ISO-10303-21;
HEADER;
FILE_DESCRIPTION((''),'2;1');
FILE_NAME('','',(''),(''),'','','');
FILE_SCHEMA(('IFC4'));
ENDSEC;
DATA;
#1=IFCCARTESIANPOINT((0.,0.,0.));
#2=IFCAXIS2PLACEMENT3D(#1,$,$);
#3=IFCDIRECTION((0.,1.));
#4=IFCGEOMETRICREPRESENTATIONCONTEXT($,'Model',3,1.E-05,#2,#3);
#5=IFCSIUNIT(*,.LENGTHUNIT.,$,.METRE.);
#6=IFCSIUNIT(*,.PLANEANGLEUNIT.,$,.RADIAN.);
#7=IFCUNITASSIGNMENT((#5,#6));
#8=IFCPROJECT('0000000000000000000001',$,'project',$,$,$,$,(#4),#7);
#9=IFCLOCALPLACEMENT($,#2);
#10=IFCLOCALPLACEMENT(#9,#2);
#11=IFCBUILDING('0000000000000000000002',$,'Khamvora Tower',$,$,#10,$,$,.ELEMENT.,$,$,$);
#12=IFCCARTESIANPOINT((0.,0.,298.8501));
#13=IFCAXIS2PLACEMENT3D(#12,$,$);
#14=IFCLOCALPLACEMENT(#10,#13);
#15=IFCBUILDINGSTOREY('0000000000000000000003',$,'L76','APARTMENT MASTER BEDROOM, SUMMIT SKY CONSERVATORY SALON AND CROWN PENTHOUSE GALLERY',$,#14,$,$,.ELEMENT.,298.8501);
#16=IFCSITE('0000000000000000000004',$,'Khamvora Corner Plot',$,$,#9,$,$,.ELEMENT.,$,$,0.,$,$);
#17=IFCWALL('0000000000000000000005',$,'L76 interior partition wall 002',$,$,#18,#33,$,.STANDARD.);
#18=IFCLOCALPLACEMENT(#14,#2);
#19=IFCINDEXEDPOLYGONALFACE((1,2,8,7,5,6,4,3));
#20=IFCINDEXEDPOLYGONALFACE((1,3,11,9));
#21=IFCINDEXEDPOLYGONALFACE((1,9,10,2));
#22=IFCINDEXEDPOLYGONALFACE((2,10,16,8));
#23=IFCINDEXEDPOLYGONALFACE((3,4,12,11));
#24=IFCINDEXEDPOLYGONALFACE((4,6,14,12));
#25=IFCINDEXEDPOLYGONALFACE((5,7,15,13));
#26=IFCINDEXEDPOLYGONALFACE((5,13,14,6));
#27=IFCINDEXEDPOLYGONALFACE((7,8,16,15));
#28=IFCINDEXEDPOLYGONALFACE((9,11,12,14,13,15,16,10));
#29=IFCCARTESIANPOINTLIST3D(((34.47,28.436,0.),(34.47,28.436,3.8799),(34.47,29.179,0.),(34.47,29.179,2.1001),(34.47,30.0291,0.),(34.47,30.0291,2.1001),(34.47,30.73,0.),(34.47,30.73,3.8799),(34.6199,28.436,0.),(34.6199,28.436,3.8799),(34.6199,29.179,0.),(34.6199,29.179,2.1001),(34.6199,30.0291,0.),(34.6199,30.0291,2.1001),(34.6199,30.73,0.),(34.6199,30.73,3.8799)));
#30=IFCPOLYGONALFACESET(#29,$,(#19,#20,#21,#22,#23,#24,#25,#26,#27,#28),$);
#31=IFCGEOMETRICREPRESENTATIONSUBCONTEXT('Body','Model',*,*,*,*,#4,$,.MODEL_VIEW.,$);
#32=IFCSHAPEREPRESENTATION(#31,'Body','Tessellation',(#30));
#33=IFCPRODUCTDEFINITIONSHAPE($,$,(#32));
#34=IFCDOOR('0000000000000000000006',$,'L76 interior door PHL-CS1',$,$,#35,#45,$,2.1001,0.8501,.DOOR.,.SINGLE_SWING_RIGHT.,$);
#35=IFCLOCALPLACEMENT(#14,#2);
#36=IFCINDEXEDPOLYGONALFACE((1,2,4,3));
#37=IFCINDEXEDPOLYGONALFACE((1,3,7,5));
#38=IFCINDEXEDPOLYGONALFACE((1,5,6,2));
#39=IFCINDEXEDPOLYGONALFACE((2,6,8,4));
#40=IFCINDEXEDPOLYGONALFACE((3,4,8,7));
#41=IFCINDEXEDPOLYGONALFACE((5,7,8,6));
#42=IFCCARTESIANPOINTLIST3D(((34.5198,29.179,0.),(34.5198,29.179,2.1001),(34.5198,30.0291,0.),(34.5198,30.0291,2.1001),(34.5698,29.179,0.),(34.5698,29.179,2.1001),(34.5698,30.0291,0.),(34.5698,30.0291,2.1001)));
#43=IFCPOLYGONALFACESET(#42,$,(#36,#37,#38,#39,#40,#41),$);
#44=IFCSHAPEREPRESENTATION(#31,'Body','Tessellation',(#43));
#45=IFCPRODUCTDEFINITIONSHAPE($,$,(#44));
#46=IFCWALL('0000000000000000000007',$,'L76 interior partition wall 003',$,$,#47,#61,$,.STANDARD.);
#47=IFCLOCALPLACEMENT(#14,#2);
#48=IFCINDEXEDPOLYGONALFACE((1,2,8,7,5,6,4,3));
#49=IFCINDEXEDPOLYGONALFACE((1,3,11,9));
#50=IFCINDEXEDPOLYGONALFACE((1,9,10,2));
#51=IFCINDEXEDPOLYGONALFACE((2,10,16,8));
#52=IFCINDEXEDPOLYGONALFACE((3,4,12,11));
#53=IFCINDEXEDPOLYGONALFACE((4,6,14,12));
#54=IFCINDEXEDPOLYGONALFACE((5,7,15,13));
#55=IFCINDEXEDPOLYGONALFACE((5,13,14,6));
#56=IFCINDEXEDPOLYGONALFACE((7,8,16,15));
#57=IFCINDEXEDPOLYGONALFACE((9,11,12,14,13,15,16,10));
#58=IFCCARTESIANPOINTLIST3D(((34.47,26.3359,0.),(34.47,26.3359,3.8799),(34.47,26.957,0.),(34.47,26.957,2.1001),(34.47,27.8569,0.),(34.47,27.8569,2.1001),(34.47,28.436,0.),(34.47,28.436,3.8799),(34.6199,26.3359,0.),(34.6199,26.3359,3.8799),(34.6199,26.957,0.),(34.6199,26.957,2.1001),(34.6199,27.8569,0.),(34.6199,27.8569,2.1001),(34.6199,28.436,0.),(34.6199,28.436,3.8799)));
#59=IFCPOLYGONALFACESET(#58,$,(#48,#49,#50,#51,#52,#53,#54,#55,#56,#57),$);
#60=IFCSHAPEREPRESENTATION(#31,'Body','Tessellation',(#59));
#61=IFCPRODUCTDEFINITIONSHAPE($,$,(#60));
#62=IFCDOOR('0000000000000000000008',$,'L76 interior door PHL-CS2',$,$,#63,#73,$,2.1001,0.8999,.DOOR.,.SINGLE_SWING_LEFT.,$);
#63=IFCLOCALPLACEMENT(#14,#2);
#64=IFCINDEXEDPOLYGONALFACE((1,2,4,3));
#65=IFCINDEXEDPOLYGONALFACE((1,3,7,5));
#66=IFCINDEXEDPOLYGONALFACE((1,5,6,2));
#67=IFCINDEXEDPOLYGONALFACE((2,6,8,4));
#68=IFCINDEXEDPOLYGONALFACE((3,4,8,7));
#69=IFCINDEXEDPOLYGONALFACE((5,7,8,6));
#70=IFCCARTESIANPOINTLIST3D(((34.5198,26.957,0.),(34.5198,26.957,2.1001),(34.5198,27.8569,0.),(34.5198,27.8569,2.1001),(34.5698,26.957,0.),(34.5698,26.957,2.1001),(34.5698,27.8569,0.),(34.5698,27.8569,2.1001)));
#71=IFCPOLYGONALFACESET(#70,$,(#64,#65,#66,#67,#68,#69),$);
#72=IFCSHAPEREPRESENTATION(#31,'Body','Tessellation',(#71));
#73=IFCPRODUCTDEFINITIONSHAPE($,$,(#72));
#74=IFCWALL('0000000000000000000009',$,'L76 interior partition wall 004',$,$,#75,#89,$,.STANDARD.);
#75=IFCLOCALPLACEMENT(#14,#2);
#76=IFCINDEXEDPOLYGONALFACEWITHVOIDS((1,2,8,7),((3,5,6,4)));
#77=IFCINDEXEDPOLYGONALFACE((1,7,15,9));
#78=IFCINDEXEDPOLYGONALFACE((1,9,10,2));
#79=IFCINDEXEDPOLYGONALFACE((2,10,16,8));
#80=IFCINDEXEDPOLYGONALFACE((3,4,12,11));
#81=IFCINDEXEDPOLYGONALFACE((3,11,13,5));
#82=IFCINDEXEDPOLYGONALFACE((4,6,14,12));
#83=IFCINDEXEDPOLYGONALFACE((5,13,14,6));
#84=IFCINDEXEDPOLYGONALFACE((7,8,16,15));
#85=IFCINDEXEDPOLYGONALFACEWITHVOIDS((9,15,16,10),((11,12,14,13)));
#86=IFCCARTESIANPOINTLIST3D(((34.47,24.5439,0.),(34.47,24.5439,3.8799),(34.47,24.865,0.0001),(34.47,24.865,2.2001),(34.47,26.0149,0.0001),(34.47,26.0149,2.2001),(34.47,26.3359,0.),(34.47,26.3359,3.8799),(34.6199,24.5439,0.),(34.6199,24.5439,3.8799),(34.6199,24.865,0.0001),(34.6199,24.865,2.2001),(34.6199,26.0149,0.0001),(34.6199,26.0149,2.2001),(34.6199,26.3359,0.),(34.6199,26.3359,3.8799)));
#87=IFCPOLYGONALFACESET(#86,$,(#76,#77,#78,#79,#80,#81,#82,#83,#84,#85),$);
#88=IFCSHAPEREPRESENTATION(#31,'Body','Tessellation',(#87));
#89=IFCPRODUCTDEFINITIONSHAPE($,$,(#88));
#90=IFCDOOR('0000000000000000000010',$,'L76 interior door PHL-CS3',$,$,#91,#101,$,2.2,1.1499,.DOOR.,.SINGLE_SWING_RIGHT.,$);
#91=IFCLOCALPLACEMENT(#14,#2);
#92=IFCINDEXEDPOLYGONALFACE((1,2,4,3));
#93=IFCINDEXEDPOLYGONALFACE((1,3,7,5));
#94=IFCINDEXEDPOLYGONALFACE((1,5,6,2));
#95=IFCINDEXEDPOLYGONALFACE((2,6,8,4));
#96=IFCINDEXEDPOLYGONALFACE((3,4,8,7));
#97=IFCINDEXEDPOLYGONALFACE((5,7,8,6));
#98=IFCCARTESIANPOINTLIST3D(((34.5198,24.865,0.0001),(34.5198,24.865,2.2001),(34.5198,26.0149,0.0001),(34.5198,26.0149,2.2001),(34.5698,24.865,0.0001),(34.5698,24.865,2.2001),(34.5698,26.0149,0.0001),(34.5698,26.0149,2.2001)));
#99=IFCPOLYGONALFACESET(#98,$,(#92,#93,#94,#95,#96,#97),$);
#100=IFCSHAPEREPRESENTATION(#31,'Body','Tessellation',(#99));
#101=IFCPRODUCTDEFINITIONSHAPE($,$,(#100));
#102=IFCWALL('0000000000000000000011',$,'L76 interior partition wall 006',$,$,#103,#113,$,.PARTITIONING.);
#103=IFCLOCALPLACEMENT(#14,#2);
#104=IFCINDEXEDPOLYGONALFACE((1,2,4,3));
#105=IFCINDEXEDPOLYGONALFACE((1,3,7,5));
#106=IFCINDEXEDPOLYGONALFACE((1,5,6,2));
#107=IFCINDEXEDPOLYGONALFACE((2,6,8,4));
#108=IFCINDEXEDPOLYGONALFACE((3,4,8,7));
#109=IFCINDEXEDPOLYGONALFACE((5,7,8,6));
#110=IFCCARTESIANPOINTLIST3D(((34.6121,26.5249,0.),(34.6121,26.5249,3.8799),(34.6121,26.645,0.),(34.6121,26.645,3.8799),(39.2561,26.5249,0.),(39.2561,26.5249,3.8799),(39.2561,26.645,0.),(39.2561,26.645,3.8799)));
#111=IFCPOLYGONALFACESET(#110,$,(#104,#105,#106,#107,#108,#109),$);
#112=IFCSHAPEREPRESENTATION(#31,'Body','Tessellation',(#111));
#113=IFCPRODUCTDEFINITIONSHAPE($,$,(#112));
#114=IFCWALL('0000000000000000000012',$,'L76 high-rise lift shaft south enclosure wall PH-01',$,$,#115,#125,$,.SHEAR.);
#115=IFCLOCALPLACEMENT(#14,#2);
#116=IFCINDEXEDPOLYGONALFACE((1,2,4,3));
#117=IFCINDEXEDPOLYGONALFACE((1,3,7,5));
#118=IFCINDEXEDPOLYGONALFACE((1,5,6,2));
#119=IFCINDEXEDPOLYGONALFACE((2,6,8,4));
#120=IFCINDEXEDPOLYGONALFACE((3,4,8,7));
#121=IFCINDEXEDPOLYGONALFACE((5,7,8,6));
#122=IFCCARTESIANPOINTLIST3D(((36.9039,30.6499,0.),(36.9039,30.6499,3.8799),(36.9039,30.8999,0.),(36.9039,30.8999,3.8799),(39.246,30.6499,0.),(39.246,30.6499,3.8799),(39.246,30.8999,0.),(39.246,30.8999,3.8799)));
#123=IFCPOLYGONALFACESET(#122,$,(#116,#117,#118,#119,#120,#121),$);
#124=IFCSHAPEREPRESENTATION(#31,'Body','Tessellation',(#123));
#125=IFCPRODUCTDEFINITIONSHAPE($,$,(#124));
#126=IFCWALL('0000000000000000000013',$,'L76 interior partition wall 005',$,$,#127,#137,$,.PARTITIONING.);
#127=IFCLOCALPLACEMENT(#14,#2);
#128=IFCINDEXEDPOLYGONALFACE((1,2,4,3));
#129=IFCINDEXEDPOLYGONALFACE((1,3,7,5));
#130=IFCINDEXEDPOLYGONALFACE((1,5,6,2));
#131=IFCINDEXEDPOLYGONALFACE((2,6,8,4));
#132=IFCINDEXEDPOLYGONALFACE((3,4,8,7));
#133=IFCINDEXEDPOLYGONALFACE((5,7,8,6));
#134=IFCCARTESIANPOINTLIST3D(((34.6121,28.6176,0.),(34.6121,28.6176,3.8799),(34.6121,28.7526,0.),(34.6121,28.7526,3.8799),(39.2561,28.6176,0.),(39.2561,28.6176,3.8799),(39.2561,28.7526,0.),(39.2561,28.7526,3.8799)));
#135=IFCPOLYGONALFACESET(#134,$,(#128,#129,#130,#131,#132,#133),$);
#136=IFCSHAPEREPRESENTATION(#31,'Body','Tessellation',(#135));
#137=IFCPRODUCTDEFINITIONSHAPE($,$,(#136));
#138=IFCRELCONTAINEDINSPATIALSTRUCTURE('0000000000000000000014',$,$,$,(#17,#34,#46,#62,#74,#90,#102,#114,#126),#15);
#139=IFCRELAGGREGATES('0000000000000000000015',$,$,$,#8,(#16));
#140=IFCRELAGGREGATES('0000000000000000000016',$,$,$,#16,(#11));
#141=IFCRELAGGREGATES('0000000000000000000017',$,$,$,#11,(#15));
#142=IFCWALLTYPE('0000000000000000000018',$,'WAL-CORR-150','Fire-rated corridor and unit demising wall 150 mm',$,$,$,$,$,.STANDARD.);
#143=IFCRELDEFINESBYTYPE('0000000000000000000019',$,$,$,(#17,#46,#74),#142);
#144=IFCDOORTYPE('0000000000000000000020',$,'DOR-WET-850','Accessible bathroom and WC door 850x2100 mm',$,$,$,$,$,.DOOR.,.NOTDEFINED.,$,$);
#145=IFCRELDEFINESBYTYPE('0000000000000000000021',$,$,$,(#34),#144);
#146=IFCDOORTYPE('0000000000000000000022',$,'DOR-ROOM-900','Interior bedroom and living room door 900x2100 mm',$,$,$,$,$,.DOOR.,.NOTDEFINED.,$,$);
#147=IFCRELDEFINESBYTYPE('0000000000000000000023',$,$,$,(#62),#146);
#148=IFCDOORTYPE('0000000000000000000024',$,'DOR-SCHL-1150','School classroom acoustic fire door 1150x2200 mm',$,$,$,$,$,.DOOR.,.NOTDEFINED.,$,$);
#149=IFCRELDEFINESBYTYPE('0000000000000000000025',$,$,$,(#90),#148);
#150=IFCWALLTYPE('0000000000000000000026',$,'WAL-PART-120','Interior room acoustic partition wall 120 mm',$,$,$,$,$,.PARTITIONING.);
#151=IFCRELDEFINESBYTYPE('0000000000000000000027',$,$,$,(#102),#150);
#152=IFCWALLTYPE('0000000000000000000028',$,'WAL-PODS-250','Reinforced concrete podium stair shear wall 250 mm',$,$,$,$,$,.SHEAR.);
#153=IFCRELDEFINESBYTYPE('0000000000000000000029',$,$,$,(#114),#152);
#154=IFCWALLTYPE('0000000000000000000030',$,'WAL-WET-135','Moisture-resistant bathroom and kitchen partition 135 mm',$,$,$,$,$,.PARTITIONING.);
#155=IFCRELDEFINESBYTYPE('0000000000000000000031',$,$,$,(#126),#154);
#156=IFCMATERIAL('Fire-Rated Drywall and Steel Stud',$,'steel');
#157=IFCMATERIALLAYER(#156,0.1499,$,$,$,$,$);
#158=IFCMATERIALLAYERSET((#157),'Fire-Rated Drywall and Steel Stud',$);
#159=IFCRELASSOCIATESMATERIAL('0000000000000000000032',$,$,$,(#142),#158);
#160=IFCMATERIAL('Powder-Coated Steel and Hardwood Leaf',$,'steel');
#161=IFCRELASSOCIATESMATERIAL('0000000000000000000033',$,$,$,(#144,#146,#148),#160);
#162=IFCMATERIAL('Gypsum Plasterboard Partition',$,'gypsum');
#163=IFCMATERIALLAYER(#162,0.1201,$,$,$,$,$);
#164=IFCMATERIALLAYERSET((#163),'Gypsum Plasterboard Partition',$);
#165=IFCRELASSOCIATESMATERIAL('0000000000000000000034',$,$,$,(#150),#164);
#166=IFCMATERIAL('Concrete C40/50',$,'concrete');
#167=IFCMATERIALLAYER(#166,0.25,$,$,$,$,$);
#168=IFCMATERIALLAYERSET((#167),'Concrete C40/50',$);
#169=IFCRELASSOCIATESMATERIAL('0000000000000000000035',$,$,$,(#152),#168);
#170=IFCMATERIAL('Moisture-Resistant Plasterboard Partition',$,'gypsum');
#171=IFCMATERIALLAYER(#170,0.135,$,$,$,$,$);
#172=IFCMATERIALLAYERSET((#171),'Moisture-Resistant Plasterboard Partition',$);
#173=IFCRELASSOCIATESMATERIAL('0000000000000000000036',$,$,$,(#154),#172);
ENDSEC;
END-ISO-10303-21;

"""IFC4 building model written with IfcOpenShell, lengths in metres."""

from ifc_helpers import new_model, si_unit, direction, frame, frame_2d, origin, place, context, subcontext, project, spatial, rectangle, extrude, material, layer, layer_set, type_object, element, fill, save


model = new_model("IFC4")

# Units and contexts
model_context = context("Model", 3, precision=1e-05, world=origin(), true_north=direction((0.0, 1.0)))
body_context = subcontext(model_context, "Body", "Model", "MODEL_VIEW")
ifc_project = project(units=[si_unit("LENGTHUNIT", "METRE"), si_unit("PLANEANGLEUNIT", "RADIAN")], contexts=[model_context])

# Site, building, storey
site_placement = place(None, origin())
site = spatial("IfcSite", under=ifc_project, at=site_placement, Name="Khamvora Corner Plot", CompositionType="ELEMENT", RefElevation=0.0)
building_placement = place(site_placement, origin())
building = spatial("IfcBuilding", under=site, at=building_placement, Name="Khamvora Tower", CompositionType="ELEMENT")
storey_placement = place(building_placement, frame((0.0, 0.0, 298.8501)))
storey = spatial("IfcBuildingStorey", under=building, at=storey_placement, Name="L76", Description="APARTMENT MASTER BEDROOM, SUMMIT SKY CONSERVATORY SALON AND CROWN PENTHOUSE GALLERY", CompositionType="ELEMENT", Elevation=298.8501)

# Shared definitions
ifc_material_1 = material(Name="Powder-Coated Steel and Hardwood Leaf", Category="steel")

# Shared definitions
ifc_material_2 = material(Name="Fire-Rated Drywall and Steel Stud", Category="steel")
ifc_layer_1 = layer(ifc_material_2, 0.1499)
ifc_layer_set_1 = layer_set([ifc_layer_1], Name="Fire-Rated Drywall and Steel Stud")
wall_type_1 = type_object("IfcWallType", Name="WAL-CORR-150", Description="Fire-rated corridor and unit demising wall 150 mm", PredefinedType="STANDARD", material=ifc_layer_set_1)

# Walls, openings, doors
wall_1_placement = place(storey_placement, frame((34.5449, 30.73, 0.0), z_axis=(0.0, 0.0, 1.0), x_axis=(0.0, -1.0, 0.0)))
wall_1 = element("IfcWall", 1, at=wall_1_placement, inside=storey, type_object=wall_type_1, Name="L76 interior partition wall 002", PredefinedType="STANDARD", context=body_context, shape_type="SweptSolid", body=[
    extrude(rectangle(XDim=2.2939, YDim=0.1499, at=frame_2d((1.147, 0.0))), origin(), (0.0, 0.0, 1.0), 3.8799),
])
opening_1_placement = place(wall_1_placement, frame((0.7009, 0.0, 0.0)))
opening_1 = element("IfcOpeningElement", 2, at=opening_1_placement, cuts=wall_1, PredefinedType="OPENING", context=body_context, shape_type="SweptSolid", body=[
    extrude(rectangle(XDim=0.8501, YDim=2.1001, at=frame_2d((0.425, 1.05))), frame((0.0, 0.085, 0.0), z_axis=(0.0, -1.0, 0.0), x_axis=(1.0, 0.0, 0.0)), (0.0, 0.0, 1.0), 0.1699),
])
door_type_1 = type_object("IfcDoorType", Name="DOR-WET-850", Description="Accessible bathroom and WC door 850x2100 mm", OperationType="NOTDEFINED", PredefinedType="DOOR", material=ifc_material_1)
door_1_placement = place(opening_1_placement, origin())
door_1 = element("IfcDoor", 3, at=door_1_placement, inside=storey, type_object=door_type_1, Name="L76 interior door PHL-CS1", OperationType="SINGLE_SWING_RIGHT", OverallHeight=2.1001, OverallWidth=0.8501, PredefinedType="DOOR", context=body_context, shape_type="SweptSolid", body=[
    extrude(rectangle(XDim=0.8501, YDim=2.1001, at=frame_2d((0.425, 1.05))), frame((0.0, 0.0249, 0.0), z_axis=(0.0, -1.0, 0.0), x_axis=(1.0, 0.0, 0.0)), (0.0, 0.0, 1.0), 0.05),
])
fill(opening_1, door_1)
wall_2_placement = place(storey_placement, frame((34.5449, 28.436, 0.0), z_axis=(0.0, 0.0, 1.0), x_axis=(0.0, -1.0, 0.0)))
wall_2 = element("IfcWall", 4, at=wall_2_placement, inside=storey, type_object=wall_type_1, Name="L76 interior partition wall 003", PredefinedType="STANDARD", context=body_context, shape_type="SweptSolid", body=[
    extrude(rectangle(XDim=2.1001, YDim=0.1499, at=frame_2d((1.05, 0.0))), origin(), (0.0, 0.0, 1.0), 3.8799),
])
opening_2_placement = place(wall_2_placement, frame((0.5791, 0.0, 0.0)))
opening_2 = element("IfcOpeningElement", 5, at=opening_2_placement, cuts=wall_2, PredefinedType="OPENING", context=body_context, shape_type="SweptSolid", body=[
    extrude(rectangle(XDim=0.8999, YDim=2.1001, at=frame_2d((0.45, 1.05))), frame((0.0, 0.085, 0.0), z_axis=(0.0, -1.0, 0.0), x_axis=(1.0, 0.0, 0.0)), (0.0, 0.0, 1.0), 0.1699),
])
door_type_2 = type_object("IfcDoorType", Name="DOR-ROOM-900", Description="Interior bedroom and living room door 900x2100 mm", OperationType="NOTDEFINED", PredefinedType="DOOR", material=ifc_material_1)
door_2_placement = place(opening_2_placement, origin())
door_2 = element("IfcDoor", 6, at=door_2_placement, inside=storey, type_object=door_type_2, Name="L76 interior door PHL-CS2", OperationType="SINGLE_SWING_LEFT", OverallHeight=2.1001, OverallWidth=0.8999, PredefinedType="DOOR", context=body_context, shape_type="SweptSolid", body=[
    extrude(rectangle(XDim=0.8999, YDim=2.1001, at=frame_2d((0.45, 1.05))), frame((0.0, 0.0249, 0.0), z_axis=(0.0, -1.0, 0.0), x_axis=(1.0, 0.0, 0.0)), (0.0, 0.0, 1.0), 0.05),
])
fill(opening_2, door_2)
wall_3_placement = place(storey_placement, frame((34.5449, 26.3359, 0.0), z_axis=(0.0, 0.0, 1.0), x_axis=(0.0, -1.0, 0.0)))
wall_3 = element("IfcWall", 7, at=wall_3_placement, inside=storey, type_object=wall_type_1, Name="L76 interior partition wall 004", PredefinedType="STANDARD", context=body_context, shape_type="SweptSolid", body=[
    extrude(rectangle(XDim=1.792, YDim=0.1499, at=frame_2d((0.896, 0.0))), origin(), (0.0, 0.0, 1.0), 3.8799),
])
opening_3_placement = place(wall_3_placement, frame((0.321, 0.0, 0.0)))
opening_3 = element("IfcOpeningElement", 8, at=opening_3_placement, cuts=wall_3, PredefinedType="OPENING", context=body_context, shape_type="SweptSolid", body=[
    extrude(rectangle(XDim=1.1499, YDim=2.2, at=frame_2d((0.575, 1.1001))), frame((0.0, 0.085, 0.0), z_axis=(0.0, -1.0, 0.0), x_axis=(1.0, 0.0, 0.0)), (0.0, 0.0, 1.0), 0.1699),
])
door_type_3 = type_object("IfcDoorType", Name="DOR-SCHL-1150", Description="School classroom acoustic fire door 1150x2200 mm", OperationType="NOTDEFINED", PredefinedType="DOOR", material=ifc_material_1)
door_3_placement = place(opening_3_placement, origin())
door_3 = element("IfcDoor", 9, at=door_3_placement, inside=storey, type_object=door_type_3, Name="L76 interior door PHL-CS3", OperationType="SINGLE_SWING_RIGHT", OverallHeight=2.2, OverallWidth=1.1499, PredefinedType="DOOR", context=body_context, shape_type="SweptSolid", body=[
    extrude(rectangle(XDim=1.1499, YDim=2.2, at=frame_2d((0.575, 1.1001))), frame((0.0, 0.0249, 0.0), z_axis=(0.0, -1.0, 0.0), x_axis=(1.0, 0.0, 0.0)), (0.0, 0.0, 1.0), 0.05),
])
fill(opening_3, door_3)

# Walls
ifc_material_3 = material(Name="Gypsum Plasterboard Partition", Category="gypsum")
ifc_layer_2 = layer(ifc_material_3, 0.1201)
ifc_layer_set_2 = layer_set([ifc_layer_2], Name="Gypsum Plasterboard Partition")
wall_type_2 = type_object("IfcWallType", Name="WAL-PART-120", Description="Interior room acoustic partition wall 120 mm", PredefinedType="PARTITIONING", material=ifc_layer_set_2)
wall_4_placement = place(storey_placement, frame((39.2561, 26.585, 0.0), z_axis=(0.0, 0.0, 1.0), x_axis=(-1.0, 0.0, 0.0)))
element("IfcWall", 10, at=wall_4_placement, inside=storey, type_object=wall_type_2, Name="L76 interior partition wall 006", PredefinedType="PARTITIONING", context=body_context, shape_type="SweptSolid", body=[
    extrude(rectangle(XDim=4.644, YDim=0.1201, at=frame_2d((2.322, 0.0))), origin(), (0.0, 0.0, 1.0), 3.8799),
])
ifc_material_4 = material(Name="Concrete C40/50", Category="concrete")
ifc_layer_3 = layer(ifc_material_4, 0.25)
ifc_layer_set_3 = layer_set([ifc_layer_3], Name="Concrete C40/50")
wall_type_3 = type_object("IfcWallType", Name="WAL-PODS-250", Description="Reinforced concrete podium stair shear wall 250 mm", PredefinedType="SHEAR", material=ifc_layer_set_3)
wall_5_placement = place(storey_placement, frame((36.9041, 30.7749, 0.0), z_axis=(0.0, 0.0, 1.0), x_axis=(1.0, 0.0, 0.0)))
element("IfcWall", 11, at=wall_5_placement, inside=storey, type_object=wall_type_3, Name="L76 high-rise lift shaft south enclosure wall PH-01", PredefinedType="SHEAR", context=body_context, shape_type="SweptSolid", body=[
    extrude(rectangle(XDim=2.342, YDim=0.25, at=frame_2d((1.1709, 0.0))), origin(), (0.0, 0.0, 1.0), 3.8799),
])
ifc_material_5 = material(Name="Moisture-Resistant Plasterboard Partition", Category="gypsum")
ifc_layer_4 = layer(ifc_material_5, 0.135)
ifc_layer_set_4 = layer_set([ifc_layer_4], Name="Moisture-Resistant Plasterboard Partition")
wall_type_4 = type_object("IfcWallType", Name="WAL-WET-135", Description="Moisture-resistant bathroom and kitchen partition 135 mm", PredefinedType="PARTITIONING", material=ifc_layer_set_4)
wall_6_placement = place(storey_placement, frame((39.2561, 28.6851, 0.0), z_axis=(0.0, 0.0, 1.0), x_axis=(-1.0, 0.0, 0.0)))
element("IfcWall", 12, at=wall_6_placement, inside=storey, type_object=wall_type_4, Name="L76 interior partition wall 005", PredefinedType="PARTITIONING", context=body_context, shape_type="SweptSolid", body=[
    extrude(rectangle(XDim=4.644, YDim=0.135, at=frame_2d((2.322, 0.0))), origin(), (0.0, 0.0, 1.0), 3.8799),
])

save(model, "model.ifc")
